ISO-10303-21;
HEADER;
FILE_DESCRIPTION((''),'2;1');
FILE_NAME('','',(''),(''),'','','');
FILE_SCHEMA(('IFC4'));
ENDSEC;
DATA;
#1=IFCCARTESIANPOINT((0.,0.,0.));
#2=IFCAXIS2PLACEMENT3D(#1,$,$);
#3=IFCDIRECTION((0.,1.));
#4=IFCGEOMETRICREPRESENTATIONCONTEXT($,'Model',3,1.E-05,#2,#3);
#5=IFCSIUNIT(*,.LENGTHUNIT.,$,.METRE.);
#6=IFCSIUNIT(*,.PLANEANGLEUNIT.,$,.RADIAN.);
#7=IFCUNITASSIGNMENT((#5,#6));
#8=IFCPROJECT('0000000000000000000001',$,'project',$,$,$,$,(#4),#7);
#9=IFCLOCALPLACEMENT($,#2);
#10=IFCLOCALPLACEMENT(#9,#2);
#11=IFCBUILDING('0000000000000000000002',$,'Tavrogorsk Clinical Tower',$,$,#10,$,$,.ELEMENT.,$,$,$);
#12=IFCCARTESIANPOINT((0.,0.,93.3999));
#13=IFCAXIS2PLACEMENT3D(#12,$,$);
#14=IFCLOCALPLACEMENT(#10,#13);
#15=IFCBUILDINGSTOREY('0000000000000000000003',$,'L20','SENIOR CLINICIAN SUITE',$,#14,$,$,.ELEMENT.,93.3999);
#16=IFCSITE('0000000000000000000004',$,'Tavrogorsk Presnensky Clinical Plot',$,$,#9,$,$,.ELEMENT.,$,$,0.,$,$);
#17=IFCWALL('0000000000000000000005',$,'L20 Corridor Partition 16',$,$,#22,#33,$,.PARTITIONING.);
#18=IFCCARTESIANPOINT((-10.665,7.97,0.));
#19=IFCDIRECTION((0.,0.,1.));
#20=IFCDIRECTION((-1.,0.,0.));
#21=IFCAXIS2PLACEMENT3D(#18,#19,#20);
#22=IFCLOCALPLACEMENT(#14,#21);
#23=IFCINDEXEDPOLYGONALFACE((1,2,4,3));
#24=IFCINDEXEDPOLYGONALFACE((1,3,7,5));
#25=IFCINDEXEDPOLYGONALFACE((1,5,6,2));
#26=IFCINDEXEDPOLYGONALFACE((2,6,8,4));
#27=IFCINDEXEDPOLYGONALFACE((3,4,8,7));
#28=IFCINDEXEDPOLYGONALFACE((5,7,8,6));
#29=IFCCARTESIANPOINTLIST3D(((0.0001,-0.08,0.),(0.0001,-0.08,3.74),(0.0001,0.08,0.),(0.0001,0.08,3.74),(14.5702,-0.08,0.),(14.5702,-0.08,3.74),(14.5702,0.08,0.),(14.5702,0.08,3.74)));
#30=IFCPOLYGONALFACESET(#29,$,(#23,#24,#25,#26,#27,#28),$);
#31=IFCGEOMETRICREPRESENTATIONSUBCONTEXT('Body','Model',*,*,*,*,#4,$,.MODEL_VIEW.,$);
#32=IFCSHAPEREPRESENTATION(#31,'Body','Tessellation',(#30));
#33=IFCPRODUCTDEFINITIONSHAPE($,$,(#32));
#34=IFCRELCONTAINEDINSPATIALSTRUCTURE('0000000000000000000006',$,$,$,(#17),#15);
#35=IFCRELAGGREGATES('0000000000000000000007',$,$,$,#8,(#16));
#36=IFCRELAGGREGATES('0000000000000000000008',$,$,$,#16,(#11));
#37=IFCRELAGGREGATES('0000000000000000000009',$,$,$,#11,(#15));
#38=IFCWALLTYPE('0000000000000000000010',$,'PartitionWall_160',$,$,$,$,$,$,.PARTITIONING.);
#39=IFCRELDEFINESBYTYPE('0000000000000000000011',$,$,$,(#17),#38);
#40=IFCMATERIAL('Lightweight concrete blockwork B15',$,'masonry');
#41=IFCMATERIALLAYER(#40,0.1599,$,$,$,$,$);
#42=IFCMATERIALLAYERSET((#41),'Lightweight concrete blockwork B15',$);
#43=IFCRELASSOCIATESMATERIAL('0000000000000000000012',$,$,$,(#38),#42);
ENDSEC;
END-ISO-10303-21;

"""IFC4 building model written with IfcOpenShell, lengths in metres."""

from ifc_helpers import new_model, si_unit, direction, frame, frame_2d, origin, place, context, subcontext, project, spatial, rectangle, extrude, material, layer, layer_set, type_object, element, save


model = new_model("IFC4")

# Units and contexts
model_context = context("Model", 3, precision=1e-05, world=origin(), true_north=direction((0.0, 1.0)))
body_context = subcontext(model_context, "Body", "Model", "MODEL_VIEW")
ifc_project = project(units=[si_unit("LENGTHUNIT", "METRE"), si_unit("PLANEANGLEUNIT", "RADIAN")], contexts=[model_context])

# Site, building, storey
site_placement = place(None, origin())
site = spatial("IfcSite", under=ifc_project, at=site_placement, Name="Tavrogorsk Presnensky Clinical Plot", CompositionType="ELEMENT", RefElevation=0.0)
building_placement = place(site_placement, origin())
building = spatial("IfcBuilding", under=site, at=building_placement, Name="Tavrogorsk Clinical Tower", CompositionType="ELEMENT")
storey_placement = place(building_placement, frame((0.0, 0.0, 93.3999)))
storey = spatial("IfcBuildingStorey", under=building, at=storey_placement, Name="L20", Description="SENIOR CLINICIAN SUITE", CompositionType="ELEMENT", Elevation=93.3999)

# Shared definitions
ifc_material_1 = material(Name="Lightweight concrete blockwork B15", Category="masonry")
ifc_layer_1 = layer(ifc_material_1, 0.1599)
ifc_layer_set_1 = layer_set([ifc_layer_1], Name="Lightweight concrete blockwork B15")
wall_type_1 = type_object("IfcWallType", Name="PartitionWall_160", PredefinedType="PARTITIONING", material=ifc_layer_set_1)

# Wall
wall_1_placement = place(storey_placement, frame((-10.665, 7.97, 0.0), z_axis=(0.0, 0.0, 1.0), x_axis=(-1.0, 0.0, 0.0)))
element("IfcWall", 1, at=wall_1_placement, inside=storey, type_object=wall_type_1, Name="L20 Corridor Partition 16", PredefinedType="PARTITIONING", context=body_context, shape_type="SweptSolid", body=[
    extrude(rectangle(XDim=14.5701, YDim=0.1599, at=frame_2d((7.2852, 0.0))), origin(), (0.0, 0.0, 1.0), 3.74),
])

save(model, "model.ifc")
